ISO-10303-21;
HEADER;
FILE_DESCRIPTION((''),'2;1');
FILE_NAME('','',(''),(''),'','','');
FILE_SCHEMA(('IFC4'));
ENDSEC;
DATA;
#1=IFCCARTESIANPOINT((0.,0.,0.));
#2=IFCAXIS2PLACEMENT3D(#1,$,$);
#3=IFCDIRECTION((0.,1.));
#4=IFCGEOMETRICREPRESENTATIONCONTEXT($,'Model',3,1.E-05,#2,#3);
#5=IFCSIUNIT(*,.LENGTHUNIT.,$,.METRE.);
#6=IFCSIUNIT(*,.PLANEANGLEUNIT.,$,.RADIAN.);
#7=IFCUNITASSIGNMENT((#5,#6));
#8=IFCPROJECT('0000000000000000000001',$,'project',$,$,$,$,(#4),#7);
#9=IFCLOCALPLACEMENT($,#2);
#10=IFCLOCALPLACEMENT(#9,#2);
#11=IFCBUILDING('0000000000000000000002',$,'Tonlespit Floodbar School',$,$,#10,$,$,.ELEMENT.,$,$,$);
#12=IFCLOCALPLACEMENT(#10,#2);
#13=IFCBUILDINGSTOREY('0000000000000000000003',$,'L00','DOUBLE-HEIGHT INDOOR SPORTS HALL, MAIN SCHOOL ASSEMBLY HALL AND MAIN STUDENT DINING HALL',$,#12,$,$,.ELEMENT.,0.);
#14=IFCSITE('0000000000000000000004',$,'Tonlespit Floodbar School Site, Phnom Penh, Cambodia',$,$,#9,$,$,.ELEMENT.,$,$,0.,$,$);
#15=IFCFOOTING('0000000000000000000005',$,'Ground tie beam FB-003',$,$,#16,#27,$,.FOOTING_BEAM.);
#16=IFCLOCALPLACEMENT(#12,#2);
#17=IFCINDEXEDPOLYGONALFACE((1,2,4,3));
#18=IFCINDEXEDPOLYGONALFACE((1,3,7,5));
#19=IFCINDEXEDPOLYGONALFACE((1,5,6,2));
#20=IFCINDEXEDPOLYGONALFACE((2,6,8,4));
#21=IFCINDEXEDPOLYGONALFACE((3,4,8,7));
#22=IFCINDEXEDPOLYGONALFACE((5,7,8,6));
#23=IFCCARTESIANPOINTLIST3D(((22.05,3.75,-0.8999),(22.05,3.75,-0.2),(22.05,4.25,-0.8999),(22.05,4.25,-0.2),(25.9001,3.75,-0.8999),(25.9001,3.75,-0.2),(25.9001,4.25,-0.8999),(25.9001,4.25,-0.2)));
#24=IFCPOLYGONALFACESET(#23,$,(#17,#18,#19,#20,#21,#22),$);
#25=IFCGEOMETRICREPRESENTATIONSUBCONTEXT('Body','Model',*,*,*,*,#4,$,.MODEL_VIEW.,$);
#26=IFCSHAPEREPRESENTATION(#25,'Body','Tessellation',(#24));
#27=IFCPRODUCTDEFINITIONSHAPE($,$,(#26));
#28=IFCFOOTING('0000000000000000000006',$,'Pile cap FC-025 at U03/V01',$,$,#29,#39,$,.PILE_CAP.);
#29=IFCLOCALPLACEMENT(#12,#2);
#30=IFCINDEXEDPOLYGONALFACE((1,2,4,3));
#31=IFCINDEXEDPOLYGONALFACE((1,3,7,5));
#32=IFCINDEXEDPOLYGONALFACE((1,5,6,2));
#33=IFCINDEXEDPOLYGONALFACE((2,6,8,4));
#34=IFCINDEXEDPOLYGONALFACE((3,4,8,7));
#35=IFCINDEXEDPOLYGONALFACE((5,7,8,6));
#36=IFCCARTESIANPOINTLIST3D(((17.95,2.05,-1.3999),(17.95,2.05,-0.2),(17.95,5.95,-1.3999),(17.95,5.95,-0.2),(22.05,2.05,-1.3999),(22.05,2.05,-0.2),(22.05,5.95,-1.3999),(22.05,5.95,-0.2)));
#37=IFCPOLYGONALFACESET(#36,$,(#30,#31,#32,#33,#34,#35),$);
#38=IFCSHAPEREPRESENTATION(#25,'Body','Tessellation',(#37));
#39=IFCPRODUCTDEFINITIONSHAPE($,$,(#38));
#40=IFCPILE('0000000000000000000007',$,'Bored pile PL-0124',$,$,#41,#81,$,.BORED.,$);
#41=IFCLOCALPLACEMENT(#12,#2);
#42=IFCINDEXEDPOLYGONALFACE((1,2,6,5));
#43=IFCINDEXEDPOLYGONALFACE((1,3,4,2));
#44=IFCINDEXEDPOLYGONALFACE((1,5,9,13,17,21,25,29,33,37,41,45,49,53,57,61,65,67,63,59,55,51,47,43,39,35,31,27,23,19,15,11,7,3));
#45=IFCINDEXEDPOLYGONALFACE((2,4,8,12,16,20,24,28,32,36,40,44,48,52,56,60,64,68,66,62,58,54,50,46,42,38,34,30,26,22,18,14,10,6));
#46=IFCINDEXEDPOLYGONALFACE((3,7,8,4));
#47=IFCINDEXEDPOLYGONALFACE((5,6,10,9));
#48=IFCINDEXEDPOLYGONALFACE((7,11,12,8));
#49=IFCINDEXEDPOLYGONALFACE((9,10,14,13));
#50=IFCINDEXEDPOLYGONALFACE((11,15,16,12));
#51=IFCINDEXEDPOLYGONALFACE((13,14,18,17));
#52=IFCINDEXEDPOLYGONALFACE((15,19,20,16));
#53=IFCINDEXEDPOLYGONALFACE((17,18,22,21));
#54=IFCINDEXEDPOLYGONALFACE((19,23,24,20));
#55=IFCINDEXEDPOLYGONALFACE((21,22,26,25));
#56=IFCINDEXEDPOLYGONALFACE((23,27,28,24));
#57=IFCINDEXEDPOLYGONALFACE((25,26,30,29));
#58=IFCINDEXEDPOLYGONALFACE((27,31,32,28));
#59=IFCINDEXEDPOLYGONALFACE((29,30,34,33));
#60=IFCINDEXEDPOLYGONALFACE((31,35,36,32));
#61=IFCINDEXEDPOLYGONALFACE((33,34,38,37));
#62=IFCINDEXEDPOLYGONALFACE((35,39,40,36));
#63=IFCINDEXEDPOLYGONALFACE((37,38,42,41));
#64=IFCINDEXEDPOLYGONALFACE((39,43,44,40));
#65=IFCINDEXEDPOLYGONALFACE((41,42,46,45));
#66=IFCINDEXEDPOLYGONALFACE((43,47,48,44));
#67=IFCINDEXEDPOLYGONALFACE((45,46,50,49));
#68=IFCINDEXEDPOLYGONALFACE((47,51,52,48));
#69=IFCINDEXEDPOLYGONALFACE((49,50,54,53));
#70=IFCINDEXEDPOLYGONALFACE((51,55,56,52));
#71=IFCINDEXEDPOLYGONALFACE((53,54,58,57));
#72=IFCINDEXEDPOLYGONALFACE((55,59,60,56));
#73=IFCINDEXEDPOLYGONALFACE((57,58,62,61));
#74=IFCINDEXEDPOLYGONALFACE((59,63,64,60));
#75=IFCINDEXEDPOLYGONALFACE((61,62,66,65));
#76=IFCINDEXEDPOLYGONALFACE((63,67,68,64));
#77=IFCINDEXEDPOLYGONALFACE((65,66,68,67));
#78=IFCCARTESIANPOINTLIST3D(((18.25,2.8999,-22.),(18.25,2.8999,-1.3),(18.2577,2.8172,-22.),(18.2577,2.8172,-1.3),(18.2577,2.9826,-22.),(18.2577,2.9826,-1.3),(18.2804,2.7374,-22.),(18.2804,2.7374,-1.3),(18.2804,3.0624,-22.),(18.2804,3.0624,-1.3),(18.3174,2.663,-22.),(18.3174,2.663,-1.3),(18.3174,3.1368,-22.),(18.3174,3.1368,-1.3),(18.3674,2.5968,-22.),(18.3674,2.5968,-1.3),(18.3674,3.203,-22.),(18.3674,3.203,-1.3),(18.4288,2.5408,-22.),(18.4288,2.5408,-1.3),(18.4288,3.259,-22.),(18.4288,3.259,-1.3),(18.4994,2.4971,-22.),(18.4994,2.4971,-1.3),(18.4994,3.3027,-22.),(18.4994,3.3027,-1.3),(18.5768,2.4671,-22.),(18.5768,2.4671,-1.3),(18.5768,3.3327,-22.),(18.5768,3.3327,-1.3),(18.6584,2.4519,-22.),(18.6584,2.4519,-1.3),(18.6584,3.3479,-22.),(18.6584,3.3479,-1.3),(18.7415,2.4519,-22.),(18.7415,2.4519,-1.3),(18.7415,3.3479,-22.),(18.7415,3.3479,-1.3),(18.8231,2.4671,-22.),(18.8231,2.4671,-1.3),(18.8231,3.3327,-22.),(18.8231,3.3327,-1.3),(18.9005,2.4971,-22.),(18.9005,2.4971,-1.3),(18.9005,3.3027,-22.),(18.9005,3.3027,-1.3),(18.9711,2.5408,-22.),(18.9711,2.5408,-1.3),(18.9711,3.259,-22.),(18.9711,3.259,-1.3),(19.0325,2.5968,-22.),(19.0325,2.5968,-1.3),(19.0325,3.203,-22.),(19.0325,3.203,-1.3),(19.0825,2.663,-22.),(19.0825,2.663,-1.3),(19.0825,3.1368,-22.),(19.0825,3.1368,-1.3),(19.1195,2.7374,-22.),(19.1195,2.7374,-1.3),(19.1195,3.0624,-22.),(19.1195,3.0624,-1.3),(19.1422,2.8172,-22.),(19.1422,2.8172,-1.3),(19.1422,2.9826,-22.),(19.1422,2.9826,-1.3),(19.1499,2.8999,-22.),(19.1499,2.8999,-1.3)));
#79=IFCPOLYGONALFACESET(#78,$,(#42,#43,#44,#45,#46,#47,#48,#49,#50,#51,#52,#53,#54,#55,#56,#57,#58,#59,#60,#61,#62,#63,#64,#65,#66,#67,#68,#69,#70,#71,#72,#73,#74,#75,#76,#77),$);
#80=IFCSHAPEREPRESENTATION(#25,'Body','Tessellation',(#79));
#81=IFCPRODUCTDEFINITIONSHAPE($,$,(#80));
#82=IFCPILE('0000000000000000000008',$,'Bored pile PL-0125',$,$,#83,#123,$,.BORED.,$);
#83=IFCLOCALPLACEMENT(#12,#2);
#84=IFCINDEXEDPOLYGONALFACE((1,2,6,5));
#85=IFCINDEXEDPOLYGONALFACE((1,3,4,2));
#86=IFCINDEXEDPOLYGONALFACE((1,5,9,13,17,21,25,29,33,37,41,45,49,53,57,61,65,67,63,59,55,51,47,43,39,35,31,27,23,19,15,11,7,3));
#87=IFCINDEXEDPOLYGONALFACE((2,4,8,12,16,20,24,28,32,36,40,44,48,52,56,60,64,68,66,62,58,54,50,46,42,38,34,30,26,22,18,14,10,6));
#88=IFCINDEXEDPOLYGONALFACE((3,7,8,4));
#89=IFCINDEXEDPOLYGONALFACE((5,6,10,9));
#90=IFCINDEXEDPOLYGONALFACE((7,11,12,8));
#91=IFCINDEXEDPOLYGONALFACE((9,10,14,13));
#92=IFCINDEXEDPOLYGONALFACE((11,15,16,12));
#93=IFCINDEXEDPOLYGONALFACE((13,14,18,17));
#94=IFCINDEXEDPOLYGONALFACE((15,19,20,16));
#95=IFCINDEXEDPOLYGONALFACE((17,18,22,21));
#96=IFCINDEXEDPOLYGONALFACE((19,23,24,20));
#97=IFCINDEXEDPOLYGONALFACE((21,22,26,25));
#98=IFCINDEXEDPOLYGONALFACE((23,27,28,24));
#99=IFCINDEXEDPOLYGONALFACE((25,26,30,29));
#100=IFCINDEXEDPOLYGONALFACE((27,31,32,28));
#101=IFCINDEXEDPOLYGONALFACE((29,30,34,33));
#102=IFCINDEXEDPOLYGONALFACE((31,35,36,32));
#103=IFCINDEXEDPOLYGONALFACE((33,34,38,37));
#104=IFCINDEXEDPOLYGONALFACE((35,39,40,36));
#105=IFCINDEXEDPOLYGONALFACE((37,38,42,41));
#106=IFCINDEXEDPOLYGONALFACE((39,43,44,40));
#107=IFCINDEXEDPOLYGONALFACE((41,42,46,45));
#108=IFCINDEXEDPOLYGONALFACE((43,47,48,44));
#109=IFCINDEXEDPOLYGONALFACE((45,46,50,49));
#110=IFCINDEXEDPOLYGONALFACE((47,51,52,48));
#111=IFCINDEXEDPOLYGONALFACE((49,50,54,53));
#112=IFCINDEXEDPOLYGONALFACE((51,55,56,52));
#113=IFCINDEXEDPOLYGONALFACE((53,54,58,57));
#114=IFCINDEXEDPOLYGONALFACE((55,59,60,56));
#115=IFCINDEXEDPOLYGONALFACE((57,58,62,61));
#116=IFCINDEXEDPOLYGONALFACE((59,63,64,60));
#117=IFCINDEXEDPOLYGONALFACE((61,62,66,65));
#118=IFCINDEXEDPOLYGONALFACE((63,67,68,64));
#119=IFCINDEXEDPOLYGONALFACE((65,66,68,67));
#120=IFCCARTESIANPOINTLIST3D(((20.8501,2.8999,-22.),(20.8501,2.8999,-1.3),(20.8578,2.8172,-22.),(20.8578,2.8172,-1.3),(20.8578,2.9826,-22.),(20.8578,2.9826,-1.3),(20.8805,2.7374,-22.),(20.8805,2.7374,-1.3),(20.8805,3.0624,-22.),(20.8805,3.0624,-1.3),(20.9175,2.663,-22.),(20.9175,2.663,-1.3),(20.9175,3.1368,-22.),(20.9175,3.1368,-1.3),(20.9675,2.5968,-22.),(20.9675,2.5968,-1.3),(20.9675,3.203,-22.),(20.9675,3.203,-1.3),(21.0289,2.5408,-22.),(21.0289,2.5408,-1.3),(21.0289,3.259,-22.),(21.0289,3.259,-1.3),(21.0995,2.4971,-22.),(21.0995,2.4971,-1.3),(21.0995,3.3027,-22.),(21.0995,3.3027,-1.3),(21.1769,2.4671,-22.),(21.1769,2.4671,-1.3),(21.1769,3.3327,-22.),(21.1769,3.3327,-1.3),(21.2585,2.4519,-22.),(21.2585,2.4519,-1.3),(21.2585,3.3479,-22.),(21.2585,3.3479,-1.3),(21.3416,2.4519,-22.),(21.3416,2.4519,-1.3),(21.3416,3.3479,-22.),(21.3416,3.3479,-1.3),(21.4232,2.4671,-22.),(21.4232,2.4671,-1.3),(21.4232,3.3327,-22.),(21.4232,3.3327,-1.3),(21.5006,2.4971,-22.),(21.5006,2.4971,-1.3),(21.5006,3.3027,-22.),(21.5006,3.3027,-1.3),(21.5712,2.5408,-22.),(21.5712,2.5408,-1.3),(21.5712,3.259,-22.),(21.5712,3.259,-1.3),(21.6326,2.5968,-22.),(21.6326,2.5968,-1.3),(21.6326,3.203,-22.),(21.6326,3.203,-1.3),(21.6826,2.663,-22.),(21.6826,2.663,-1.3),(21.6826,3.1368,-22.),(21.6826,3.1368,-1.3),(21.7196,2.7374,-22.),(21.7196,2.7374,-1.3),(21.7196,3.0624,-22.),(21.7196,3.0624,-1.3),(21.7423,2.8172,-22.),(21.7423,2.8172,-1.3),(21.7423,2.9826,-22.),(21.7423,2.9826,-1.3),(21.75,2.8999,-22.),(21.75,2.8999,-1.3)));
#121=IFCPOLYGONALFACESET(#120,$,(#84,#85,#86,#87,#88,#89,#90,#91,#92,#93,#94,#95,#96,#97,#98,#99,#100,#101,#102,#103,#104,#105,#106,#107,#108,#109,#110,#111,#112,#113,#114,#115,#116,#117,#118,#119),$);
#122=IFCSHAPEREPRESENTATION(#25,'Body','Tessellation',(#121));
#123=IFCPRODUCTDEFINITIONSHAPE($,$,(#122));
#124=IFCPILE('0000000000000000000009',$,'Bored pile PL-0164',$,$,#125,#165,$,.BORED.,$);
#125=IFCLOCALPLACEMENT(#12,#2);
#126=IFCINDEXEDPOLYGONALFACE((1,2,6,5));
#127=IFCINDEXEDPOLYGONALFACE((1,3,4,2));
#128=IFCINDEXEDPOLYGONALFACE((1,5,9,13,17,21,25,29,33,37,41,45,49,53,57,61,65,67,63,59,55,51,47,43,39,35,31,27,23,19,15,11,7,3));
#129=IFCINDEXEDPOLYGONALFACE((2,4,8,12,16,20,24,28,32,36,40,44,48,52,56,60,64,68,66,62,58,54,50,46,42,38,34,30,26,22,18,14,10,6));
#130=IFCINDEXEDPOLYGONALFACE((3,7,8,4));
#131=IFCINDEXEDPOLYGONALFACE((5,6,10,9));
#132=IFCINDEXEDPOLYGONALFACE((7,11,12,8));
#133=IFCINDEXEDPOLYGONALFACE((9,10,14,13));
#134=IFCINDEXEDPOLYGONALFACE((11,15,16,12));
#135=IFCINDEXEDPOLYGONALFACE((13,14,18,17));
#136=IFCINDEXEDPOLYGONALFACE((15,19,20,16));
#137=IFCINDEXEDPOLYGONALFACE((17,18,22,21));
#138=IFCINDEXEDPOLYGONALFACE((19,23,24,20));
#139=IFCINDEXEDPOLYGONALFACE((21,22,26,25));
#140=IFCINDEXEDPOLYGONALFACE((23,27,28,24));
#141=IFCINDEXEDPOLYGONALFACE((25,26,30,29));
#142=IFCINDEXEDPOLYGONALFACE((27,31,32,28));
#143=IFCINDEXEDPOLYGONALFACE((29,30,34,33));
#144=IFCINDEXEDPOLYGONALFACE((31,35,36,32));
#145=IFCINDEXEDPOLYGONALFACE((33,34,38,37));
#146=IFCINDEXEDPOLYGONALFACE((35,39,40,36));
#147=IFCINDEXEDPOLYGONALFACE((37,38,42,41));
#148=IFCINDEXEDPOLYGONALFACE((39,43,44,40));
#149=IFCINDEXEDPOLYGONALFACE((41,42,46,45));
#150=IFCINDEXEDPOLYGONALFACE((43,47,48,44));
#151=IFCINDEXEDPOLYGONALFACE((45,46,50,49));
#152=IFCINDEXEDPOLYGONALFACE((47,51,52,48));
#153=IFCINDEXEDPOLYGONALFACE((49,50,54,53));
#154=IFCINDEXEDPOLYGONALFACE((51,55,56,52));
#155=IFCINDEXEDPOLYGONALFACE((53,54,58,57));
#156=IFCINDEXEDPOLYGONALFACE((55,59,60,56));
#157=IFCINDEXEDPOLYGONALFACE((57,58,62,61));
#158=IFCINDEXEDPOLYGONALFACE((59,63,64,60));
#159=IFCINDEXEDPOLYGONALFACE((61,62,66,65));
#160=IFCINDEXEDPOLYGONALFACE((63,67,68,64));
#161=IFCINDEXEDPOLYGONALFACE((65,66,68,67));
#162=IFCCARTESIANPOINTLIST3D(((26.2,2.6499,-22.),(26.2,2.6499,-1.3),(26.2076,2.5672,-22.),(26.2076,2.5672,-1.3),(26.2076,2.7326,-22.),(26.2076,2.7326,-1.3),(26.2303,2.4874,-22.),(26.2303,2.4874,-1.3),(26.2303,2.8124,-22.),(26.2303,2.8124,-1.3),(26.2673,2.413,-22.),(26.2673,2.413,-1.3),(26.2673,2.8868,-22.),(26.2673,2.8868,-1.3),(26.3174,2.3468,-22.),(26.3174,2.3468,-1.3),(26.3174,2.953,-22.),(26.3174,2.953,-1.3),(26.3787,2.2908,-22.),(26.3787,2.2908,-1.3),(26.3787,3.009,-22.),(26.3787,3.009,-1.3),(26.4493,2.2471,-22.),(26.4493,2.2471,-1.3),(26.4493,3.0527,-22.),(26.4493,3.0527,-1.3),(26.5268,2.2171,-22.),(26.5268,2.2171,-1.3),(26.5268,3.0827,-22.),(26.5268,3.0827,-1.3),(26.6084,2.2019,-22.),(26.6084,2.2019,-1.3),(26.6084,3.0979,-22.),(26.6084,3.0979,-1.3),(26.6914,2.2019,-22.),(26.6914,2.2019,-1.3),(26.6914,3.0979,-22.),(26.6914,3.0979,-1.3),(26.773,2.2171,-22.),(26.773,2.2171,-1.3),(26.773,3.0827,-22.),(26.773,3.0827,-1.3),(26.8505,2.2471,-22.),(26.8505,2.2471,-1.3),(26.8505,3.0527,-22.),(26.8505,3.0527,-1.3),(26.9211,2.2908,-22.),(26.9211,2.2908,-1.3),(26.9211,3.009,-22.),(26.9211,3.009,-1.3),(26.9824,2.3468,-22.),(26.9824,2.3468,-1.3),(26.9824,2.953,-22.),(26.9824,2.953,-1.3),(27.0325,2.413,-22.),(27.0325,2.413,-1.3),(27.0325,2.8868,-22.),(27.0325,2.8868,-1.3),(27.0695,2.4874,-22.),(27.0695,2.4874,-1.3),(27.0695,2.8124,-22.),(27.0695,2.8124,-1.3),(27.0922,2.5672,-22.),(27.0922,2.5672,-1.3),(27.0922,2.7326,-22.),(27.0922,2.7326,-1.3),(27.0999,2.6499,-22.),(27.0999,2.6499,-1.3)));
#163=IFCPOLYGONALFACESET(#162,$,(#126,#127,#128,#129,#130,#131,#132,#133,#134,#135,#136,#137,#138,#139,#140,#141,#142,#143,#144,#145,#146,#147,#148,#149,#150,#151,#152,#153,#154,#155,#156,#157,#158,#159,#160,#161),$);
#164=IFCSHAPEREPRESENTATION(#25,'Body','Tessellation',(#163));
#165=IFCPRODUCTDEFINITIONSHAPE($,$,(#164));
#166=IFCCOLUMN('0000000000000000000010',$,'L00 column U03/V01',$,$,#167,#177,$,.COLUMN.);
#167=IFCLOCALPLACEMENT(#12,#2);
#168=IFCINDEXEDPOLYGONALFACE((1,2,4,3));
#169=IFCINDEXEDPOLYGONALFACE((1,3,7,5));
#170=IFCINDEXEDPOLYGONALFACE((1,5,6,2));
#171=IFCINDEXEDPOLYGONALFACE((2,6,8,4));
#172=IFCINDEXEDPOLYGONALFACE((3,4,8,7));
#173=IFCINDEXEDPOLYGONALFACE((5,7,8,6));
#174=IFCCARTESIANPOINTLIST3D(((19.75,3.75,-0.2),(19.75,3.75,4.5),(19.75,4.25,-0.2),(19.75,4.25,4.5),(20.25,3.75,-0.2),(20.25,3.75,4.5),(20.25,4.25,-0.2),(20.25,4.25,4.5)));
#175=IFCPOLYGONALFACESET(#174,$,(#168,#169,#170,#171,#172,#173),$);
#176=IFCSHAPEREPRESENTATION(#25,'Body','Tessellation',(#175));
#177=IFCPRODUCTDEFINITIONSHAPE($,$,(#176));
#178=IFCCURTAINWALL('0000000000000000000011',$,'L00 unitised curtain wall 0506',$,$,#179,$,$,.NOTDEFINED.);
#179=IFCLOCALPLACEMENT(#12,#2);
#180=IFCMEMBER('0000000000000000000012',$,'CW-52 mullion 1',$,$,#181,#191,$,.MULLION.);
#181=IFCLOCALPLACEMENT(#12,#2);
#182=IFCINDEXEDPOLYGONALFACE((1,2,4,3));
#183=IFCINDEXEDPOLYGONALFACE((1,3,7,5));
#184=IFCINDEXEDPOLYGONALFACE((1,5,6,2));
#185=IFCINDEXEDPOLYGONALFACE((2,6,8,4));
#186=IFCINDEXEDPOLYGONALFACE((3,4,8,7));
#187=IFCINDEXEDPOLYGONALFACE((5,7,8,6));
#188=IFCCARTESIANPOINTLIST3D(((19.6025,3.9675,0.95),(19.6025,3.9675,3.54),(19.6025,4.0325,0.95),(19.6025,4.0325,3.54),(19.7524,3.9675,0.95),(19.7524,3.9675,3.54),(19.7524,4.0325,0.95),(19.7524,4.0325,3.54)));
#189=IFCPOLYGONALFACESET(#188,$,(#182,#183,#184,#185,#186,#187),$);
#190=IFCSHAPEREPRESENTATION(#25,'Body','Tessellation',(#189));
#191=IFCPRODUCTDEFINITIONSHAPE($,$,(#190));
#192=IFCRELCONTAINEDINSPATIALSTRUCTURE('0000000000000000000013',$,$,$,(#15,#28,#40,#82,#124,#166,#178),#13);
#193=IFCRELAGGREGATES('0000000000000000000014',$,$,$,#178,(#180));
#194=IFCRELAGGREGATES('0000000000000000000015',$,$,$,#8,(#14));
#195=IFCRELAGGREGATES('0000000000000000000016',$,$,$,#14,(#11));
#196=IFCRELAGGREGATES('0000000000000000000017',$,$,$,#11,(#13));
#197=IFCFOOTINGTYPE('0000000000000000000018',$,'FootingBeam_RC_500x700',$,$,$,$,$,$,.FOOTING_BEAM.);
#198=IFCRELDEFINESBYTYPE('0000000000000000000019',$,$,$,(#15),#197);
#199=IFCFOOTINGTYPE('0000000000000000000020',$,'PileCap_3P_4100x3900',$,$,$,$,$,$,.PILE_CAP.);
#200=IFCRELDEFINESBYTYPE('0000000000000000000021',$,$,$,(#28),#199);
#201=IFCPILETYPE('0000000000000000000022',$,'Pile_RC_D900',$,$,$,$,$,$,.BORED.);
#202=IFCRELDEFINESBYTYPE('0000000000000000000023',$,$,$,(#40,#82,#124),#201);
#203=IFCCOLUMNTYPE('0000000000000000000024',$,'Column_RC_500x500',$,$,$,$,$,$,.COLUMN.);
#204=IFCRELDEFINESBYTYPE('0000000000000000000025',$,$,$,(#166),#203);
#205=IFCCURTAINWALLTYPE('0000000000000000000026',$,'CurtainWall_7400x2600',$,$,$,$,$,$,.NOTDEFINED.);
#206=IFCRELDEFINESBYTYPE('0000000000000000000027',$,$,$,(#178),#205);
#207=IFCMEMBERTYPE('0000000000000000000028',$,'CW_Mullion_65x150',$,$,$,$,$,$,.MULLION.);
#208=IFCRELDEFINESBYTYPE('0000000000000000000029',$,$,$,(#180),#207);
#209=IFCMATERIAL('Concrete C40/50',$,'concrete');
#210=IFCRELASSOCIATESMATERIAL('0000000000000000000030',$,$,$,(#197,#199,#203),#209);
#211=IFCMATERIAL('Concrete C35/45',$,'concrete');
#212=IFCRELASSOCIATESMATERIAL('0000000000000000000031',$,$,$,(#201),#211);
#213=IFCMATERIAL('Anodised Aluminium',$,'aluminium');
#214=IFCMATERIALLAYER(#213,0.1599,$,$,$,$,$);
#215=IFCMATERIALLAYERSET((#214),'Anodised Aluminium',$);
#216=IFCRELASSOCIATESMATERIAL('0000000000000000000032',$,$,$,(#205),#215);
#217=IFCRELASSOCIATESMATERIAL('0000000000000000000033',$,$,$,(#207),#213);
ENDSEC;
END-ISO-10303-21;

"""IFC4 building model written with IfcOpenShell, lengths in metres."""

from ifc_helpers import new_model, si_unit, direction, frame, origin, origin_2d, place, context, subcontext, project, spatial, rectangle, circle, extrude, material, layer, layer_set, material_profile, profile_set, type_object, element, aggregate, save


model = new_model("IFC4")

# Units and contexts
model_context = context("Model", 3, precision=1e-05, world=origin(), true_north=direction((0.0, 1.0)))
body_context = subcontext(model_context, "Body", "Model", "MODEL_VIEW")
ifc_project = project(units=[si_unit("LENGTHUNIT", "METRE"), si_unit("PLANEANGLEUNIT", "RADIAN")], contexts=[model_context])

# Site, building, storey
site_placement = place(None, origin())
site = spatial("IfcSite", under=ifc_project, at=site_placement, Name="Tonlespit Floodbar School Site, Phnom Penh, Cambodia", CompositionType="ELEMENT", RefElevation=0.0)
building_placement = place(site_placement, origin())
building = spatial("IfcBuilding", under=site, at=building_placement, Name="Tonlespit Floodbar School", CompositionType="ELEMENT")
storey_placement = place(building_placement, origin())
storey = spatial("IfcBuildingStorey", under=building, at=storey_placement, Name="L00", Description="DOUBLE-HEIGHT INDOOR SPORTS HALL, MAIN SCHOOL ASSEMBLY HALL AND MAIN STUDENT DINING HALL", CompositionType="ELEMENT", Elevation=0.0)

# Footings
ifc_material_1 = material(Name="Concrete C40/50", Category="concrete")
footing_type_1 = type_object("IfcFootingType", Name="FootingBeam_RC_500x700", PredefinedType="FOOTING_BEAM", material=ifc_material_1)
footing_1_placement = place(storey_placement, frame((23.9751, 4.0, -0.8999), z_axis=(0.0, 0.0, 1.0), x_axis=(1.0, 0.0, 0.0)))
element("IfcFooting", 1, at=footing_1_placement, inside=storey, type_object=footing_type_1, Name="Ground tie beam FB-003", PredefinedType="FOOTING_BEAM", context=body_context, shape_type="SweptSolid", body=[
    extrude(rectangle(XDim=3.8501, YDim=0.5, at=origin_2d()), origin(), (0.0, 0.0, 1.0), 0.7),
])
footing_type_2 = type_object("IfcFootingType", Name="PileCap_3P_4100x3900", PredefinedType="PILE_CAP", material=ifc_material_1)
footing_2_placement = place(storey_placement, frame((20.0, 4.0, -1.3999), z_axis=(0.0, 0.0, 1.0), x_axis=(1.0, 0.0, 0.0)))
element("IfcFooting", 2, at=footing_2_placement, inside=storey, type_object=footing_type_2, Name="Pile cap FC-025 at U03/V01", PredefinedType="PILE_CAP", context=body_context, shape_type="SweptSolid", body=[
    extrude(rectangle(XDim=4.1001, YDim=3.8999, at=origin_2d()), origin(), (0.0, 0.0, 1.0), 1.2),
])

# Piles
ifc_material_2 = material(Name="Concrete C35/45", Category="concrete")
ifc_material_profile_1 = material_profile(ifc_material_2, circle(Radius=0.45, at=origin_2d()), Name="BP D900")
ifc_profile_set_1 = profile_set([ifc_material_profile_1], Name="Concrete C35/45")
pile_type = type_object("IfcPileType", Name="Pile_RC_D900", PredefinedType="BORED", material=ifc_profile_set_1)
for number, where, z_axis, x_axis, name in (
    (3, (18.7, 2.8999, -1.3), (0.0, 0.0, -1.0), (1.0, 0.0, 0.0), "Bored pile PL-0124"),
    (4, (21.3, 2.8999, -1.3), (0.0, 0.0, -1.0), (1.0, 0.0, 0.0), "Bored pile PL-0125"),
    (5, (26.6499, 2.6499, -1.3), (0.0, 0.0, -1.0), (1.0, 0.0, 0.0), "Bored pile PL-0164"),
):
    element("IfcPile", number, at=place(storey_placement, frame(where, z_axis=z_axis, x_axis=x_axis)), inside=storey, type_object=pile_type, Name=name, PredefinedType="BORED", context=body_context, shape_type="SweptSolid", body=[
        extrude(circle(Radius=0.45, at=origin_2d()), origin(), (0.0, 0.0, 1.0), 20.7),
    ])

# Column
ifc_material_profile_2 = material_profile(ifc_material_1, rectangle(XDim=0.5, YDim=0.5, at=origin_2d()), Name="RC 500x500")
ifc_profile_set_2 = profile_set([ifc_material_profile_2], Name="Concrete C40/50")
column_type = type_object("IfcColumnType", Name="Column_RC_500x500", PredefinedType="COLUMN", material=ifc_profile_set_2)
column_placement = place(storey_placement, frame((20.0, 4.0, -0.2), z_axis=(0.0, 0.0, 1.0), x_axis=(1.0, 0.0, 0.0)))
element("IfcColumn", 6, at=column_placement, inside=storey, type_object=column_type, Name="L00 column U03/V01", PredefinedType="COLUMN", context=body_context, shape_type="SweptSolid", body=[
    extrude(rectangle(XDim=0.5, YDim=0.5, at=origin_2d()), origin(), (0.0, 0.0, 1.0), 4.7),
])

# Curtain wall, member
ifc_material_3 = material(Name="Anodised Aluminium", Category="aluminium")
ifc_layer_1 = layer(ifc_material_3, 0.1599)
ifc_layer_set_1 = layer_set([ifc_layer_1], Name="Anodised Aluminium")
curtain_wall_type = type_object("IfcCurtainWallType", Name="CurtainWall_7400x2600", PredefinedType="NOTDEFINED", material=ifc_layer_set_1)
curtain_wall_1_placement = place(storey_placement, origin())
curtain_wall_1 = element("IfcCurtainWall", 7, at=curtain_wall_1_placement, inside=storey, type_object=curtain_wall_type, Name="L00 unitised curtain wall 0506", PredefinedType="NOTDEFINED")
ifc_material_profile_3 = material_profile(ifc_material_3, rectangle(XDim=0.0649, YDim=0.1499, at=origin_2d()), Name="ALU M65x150")
ifc_profile_set_3 = profile_set([ifc_material_profile_3], Name="Anodised Aluminium")
member_type_1 = type_object("IfcMemberType", Name="CW_Mullion_65x150", PredefinedType="MULLION", material=ifc_profile_set_3)
member_1_placement = place(storey_placement, frame((19.6775, 4.0, 0.95), z_axis=(0.0, 0.0, 1.0), x_axis=(0.0, -1.0, 0.0)))
member_1 = element("IfcMember", 8, at=member_1_placement, type_object=member_type_1, Name="CW-52 mullion 1", PredefinedType="MULLION", context=body_context, shape_type="SweptSolid", body=[
    extrude(rectangle(XDim=0.0649, YDim=0.1499, at=origin_2d()), origin(), (0.0, 0.0, 1.0), 2.5901),
])

aggregate(curtain_wall_1, [member_1])

save(model, "model.ifc")
